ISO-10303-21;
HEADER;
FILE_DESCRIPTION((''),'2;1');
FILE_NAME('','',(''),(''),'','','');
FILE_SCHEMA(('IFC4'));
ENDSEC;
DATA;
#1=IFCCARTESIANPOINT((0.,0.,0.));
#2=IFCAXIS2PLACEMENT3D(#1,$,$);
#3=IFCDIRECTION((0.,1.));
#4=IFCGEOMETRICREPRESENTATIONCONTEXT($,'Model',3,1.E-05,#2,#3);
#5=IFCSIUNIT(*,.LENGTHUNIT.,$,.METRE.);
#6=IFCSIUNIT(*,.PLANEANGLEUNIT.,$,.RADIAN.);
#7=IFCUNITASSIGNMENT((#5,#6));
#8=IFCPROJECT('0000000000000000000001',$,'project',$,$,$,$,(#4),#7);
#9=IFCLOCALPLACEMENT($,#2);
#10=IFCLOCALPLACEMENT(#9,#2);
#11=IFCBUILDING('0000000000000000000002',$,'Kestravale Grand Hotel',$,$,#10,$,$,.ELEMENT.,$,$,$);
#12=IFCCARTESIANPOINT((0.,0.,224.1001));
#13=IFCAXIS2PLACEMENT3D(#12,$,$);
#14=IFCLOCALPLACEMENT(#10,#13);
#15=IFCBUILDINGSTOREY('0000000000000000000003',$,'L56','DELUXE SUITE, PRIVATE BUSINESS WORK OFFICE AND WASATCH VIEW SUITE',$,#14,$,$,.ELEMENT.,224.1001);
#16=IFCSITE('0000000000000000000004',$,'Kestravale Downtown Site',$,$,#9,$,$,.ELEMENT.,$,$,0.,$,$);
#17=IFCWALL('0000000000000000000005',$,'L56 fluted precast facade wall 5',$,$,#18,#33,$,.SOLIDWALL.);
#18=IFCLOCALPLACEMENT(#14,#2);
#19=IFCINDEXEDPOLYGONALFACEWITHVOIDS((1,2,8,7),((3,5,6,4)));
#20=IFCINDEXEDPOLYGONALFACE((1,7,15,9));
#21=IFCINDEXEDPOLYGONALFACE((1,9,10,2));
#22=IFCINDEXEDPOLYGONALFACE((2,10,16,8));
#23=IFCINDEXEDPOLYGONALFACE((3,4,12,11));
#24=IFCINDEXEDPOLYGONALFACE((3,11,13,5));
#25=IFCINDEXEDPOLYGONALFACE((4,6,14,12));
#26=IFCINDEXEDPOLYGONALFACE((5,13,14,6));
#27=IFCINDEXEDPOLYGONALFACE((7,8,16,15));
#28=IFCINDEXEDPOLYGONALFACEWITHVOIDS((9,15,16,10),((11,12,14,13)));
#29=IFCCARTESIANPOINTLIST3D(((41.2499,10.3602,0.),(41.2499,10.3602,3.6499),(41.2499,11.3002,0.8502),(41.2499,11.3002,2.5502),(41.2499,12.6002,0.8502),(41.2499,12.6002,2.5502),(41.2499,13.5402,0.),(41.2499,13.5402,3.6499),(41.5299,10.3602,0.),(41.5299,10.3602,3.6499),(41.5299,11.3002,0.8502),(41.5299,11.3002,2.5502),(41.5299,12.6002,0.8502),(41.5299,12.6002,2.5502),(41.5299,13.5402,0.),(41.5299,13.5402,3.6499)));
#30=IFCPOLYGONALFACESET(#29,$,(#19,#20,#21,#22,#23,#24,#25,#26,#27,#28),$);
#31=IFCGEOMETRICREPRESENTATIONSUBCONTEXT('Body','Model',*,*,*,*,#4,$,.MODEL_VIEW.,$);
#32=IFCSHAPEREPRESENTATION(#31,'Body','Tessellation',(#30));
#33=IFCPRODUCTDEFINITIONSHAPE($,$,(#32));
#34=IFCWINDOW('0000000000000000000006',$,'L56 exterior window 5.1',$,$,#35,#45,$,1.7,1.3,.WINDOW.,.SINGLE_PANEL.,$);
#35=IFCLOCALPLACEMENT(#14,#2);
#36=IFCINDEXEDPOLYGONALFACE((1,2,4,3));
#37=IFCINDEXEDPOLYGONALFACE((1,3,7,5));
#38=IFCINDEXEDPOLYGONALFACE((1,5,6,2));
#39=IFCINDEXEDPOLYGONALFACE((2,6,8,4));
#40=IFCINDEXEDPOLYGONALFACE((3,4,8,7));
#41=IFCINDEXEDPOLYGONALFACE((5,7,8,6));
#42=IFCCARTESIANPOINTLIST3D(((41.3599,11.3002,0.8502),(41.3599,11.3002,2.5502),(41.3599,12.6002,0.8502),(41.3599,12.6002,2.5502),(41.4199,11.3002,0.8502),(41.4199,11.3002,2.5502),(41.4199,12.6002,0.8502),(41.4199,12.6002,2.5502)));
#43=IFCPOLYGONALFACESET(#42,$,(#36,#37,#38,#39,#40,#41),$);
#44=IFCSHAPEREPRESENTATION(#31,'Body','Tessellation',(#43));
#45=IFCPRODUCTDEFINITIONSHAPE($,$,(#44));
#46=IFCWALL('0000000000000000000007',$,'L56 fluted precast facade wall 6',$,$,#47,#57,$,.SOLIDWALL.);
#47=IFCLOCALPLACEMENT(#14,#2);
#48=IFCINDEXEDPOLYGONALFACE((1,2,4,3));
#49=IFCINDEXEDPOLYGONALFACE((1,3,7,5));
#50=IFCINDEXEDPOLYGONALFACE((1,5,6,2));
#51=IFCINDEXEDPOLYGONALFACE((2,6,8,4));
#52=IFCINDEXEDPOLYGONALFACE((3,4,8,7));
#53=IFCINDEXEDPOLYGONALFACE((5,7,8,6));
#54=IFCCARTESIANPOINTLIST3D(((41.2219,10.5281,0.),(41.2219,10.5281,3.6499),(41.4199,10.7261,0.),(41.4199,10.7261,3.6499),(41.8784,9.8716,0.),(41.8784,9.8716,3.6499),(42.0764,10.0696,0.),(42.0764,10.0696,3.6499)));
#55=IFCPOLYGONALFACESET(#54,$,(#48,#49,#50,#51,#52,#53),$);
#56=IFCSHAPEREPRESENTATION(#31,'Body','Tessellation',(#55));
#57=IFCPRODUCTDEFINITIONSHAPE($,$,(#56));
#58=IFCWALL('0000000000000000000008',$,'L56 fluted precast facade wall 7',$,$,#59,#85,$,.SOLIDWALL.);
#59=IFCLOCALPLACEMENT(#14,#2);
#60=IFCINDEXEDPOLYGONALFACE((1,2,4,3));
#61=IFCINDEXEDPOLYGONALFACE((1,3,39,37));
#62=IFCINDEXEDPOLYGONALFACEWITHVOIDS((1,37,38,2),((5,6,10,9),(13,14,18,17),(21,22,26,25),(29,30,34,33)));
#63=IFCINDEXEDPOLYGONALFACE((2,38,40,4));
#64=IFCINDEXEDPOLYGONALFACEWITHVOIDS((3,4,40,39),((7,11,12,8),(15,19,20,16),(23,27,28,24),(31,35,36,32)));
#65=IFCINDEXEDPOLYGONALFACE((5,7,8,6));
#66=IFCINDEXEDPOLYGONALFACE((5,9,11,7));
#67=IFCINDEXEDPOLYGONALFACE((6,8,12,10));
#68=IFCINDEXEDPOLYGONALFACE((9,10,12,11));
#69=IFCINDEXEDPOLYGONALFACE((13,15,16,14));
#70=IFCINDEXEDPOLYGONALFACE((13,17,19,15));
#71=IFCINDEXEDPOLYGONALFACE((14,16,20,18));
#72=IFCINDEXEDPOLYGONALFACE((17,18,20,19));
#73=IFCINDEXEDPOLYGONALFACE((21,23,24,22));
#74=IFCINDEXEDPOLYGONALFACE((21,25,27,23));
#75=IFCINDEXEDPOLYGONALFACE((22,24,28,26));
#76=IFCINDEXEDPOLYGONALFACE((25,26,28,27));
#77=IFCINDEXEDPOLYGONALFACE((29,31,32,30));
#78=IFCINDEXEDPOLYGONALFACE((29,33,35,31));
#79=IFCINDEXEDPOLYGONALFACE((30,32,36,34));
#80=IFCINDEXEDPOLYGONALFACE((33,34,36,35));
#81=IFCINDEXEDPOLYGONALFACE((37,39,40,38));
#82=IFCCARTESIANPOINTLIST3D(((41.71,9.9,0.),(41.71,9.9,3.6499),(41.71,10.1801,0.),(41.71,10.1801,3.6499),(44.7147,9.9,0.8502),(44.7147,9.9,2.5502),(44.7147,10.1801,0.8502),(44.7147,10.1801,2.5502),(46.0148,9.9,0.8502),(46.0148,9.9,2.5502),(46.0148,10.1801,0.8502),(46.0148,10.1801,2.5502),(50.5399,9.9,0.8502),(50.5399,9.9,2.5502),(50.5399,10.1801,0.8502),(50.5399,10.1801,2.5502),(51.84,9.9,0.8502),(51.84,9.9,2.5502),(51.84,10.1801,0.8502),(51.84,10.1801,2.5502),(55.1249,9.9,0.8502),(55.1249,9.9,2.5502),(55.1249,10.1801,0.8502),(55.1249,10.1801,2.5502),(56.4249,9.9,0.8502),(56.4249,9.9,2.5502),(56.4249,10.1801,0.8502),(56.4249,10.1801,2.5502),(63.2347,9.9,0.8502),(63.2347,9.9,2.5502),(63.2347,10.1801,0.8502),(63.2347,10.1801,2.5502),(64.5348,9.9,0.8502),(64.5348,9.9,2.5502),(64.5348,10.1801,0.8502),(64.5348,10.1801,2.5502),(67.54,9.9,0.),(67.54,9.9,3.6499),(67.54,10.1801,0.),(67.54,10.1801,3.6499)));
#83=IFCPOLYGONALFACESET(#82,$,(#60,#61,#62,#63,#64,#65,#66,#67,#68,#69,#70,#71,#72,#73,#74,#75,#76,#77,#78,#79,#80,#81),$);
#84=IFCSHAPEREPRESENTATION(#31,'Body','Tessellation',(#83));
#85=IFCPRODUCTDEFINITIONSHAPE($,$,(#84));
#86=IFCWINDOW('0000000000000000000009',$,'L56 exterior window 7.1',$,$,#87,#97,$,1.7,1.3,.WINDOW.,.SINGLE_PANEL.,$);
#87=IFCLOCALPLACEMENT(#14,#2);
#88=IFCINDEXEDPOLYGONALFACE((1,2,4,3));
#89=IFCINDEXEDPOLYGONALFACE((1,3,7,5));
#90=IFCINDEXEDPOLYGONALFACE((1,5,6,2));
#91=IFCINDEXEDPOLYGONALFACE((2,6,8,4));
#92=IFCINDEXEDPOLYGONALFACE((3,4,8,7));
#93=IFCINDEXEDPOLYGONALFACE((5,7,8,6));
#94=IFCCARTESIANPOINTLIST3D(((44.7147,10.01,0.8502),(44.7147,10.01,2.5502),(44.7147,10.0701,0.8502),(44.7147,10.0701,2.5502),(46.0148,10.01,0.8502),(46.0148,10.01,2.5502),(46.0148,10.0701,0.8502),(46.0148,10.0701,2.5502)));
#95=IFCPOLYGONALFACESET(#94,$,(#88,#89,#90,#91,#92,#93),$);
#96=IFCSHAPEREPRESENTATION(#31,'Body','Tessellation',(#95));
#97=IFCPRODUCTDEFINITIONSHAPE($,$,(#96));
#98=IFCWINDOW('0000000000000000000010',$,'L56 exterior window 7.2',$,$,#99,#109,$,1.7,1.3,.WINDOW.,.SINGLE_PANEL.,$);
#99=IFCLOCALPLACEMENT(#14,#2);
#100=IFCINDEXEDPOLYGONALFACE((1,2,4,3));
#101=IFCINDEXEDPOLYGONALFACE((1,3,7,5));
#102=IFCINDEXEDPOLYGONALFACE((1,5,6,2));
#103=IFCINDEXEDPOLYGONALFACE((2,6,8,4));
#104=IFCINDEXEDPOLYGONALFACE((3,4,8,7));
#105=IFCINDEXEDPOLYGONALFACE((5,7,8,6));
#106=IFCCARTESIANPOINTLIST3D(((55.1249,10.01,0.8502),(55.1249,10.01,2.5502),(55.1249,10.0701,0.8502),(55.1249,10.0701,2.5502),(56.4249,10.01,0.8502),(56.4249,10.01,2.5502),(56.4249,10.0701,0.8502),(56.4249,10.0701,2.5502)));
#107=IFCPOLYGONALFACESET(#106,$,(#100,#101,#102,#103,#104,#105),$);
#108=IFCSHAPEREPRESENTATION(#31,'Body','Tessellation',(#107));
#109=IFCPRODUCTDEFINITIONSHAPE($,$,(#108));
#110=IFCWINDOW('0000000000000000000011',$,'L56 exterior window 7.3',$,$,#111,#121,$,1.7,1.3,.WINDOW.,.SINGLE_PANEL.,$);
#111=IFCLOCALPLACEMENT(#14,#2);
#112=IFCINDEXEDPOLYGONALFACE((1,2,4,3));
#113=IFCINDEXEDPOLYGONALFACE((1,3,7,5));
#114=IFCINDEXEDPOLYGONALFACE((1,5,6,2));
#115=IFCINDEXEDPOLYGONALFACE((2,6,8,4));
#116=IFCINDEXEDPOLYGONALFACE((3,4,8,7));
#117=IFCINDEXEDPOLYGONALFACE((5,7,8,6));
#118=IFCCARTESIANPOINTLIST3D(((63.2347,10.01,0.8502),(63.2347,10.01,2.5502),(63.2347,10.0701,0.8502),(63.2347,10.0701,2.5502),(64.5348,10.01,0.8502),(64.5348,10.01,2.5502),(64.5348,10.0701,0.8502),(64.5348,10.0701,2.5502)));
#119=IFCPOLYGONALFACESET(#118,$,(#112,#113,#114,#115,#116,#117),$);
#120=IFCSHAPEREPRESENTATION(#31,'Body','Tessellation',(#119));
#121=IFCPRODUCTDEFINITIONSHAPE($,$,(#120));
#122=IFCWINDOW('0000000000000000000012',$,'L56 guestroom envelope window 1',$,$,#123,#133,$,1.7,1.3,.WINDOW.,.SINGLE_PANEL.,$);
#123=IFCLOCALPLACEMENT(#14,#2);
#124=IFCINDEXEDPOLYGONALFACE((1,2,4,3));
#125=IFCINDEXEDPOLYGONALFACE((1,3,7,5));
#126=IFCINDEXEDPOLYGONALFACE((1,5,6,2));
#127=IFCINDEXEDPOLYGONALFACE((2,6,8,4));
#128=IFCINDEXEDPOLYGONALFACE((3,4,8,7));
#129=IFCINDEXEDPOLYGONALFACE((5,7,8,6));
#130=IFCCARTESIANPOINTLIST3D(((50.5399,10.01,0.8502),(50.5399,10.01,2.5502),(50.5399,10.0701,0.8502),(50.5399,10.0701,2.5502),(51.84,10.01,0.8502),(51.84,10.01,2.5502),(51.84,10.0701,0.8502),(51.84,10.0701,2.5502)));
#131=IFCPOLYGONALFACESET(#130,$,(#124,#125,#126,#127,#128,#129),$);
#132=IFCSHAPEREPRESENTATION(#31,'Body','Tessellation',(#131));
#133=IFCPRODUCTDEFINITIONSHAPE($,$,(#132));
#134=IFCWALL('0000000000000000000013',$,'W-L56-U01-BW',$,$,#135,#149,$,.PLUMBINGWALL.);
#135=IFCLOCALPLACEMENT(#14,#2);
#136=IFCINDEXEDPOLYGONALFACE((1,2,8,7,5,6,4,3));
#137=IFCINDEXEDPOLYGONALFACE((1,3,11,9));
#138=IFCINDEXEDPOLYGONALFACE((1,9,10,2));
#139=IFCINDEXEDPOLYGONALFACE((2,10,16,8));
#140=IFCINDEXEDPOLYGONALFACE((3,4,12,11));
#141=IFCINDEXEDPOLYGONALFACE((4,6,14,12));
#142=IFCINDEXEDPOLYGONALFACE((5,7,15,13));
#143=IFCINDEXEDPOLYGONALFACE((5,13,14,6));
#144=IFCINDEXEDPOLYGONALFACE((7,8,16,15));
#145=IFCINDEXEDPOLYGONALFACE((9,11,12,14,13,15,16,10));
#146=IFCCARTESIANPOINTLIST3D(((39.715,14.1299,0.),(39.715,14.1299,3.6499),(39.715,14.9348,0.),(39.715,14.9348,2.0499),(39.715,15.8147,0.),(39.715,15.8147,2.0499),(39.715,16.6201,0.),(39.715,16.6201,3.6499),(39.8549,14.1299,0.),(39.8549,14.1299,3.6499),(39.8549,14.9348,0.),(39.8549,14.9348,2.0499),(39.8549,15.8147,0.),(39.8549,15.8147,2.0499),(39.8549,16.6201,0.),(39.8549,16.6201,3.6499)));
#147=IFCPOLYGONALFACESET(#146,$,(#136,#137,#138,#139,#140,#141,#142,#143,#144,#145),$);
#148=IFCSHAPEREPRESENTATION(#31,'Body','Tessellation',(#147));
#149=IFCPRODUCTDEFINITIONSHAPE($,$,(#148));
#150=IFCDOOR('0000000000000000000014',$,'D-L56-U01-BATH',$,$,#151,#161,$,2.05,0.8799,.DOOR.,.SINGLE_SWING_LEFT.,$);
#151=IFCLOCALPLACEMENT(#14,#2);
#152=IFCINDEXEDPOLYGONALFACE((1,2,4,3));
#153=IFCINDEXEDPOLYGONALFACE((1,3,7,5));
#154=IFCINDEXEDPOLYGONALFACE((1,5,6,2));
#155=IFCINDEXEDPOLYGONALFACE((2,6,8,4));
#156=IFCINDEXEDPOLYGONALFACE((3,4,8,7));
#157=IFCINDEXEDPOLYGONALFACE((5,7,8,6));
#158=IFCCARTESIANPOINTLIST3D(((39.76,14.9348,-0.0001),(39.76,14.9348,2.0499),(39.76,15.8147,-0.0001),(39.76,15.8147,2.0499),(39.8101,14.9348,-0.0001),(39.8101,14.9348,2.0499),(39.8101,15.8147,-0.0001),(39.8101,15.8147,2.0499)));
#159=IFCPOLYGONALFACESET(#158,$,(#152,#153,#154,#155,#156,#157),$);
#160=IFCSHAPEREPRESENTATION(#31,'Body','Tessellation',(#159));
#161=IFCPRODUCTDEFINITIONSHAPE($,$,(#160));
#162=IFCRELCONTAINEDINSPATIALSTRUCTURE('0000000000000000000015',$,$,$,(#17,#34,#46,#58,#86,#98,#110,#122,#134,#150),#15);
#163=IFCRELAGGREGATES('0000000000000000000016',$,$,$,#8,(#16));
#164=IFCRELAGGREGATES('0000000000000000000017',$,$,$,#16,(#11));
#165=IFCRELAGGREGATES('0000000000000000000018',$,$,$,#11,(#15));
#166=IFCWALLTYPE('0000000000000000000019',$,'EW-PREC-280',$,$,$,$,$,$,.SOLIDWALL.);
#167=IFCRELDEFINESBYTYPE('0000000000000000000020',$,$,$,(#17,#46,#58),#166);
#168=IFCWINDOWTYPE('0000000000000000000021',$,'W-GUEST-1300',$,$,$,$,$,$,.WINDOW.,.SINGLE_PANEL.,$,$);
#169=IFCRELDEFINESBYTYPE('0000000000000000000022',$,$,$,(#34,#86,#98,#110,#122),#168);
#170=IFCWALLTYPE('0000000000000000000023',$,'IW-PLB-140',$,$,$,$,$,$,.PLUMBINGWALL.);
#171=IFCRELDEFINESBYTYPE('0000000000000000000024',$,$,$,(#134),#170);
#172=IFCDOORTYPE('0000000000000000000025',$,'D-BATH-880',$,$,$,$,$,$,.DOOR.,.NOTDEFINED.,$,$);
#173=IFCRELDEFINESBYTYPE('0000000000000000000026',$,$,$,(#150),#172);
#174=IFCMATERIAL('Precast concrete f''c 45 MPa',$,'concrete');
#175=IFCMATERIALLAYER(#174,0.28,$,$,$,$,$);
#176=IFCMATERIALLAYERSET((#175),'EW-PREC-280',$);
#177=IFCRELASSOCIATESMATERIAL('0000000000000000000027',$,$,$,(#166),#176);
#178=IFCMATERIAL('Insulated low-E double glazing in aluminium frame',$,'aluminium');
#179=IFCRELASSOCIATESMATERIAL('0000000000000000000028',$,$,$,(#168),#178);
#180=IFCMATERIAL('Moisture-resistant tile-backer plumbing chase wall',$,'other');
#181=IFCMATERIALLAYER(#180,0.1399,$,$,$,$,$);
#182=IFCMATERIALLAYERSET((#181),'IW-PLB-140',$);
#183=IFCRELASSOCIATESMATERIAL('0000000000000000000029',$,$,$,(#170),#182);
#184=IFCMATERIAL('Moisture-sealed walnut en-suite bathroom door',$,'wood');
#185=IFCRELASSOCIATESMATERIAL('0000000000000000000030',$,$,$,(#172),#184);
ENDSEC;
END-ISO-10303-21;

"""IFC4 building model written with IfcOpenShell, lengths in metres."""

from ifc_helpers import new_model, si_unit, direction, frame, frame_2d, origin, place, context, subcontext, project, spatial, rectangle, extrude, material, layer, layer_set, type_object, element, fill, save


model = new_model("IFC4")

# Units and contexts
model_context = context("Model", 3, precision=1e-05, world=origin(), true_north=direction((0.0, 1.0)))
body_context = subcontext(model_context, "Body", "Model", "MODEL_VIEW")
ifc_project = project(units=[si_unit("LENGTHUNIT", "METRE"), si_unit("PLANEANGLEUNIT", "RADIAN")], contexts=[model_context])

# Site, building, storey
site_placement = place(None, origin())
site = spatial("IfcSite", under=ifc_project, at=site_placement, Name="Kestravale Downtown Site", CompositionType="ELEMENT", RefElevation=0.0)
building_placement = place(site_placement, origin())
building = spatial("IfcBuilding", under=site, at=building_placement, Name="Kestravale Grand Hotel", CompositionType="ELEMENT")
storey_placement = place(building_placement, frame((0.0, 0.0, 224.1001)))
storey = spatial("IfcBuildingStorey", under=building, at=storey_placement, Name="L56", Description="DELUXE SUITE, PRIVATE BUSINESS WORK OFFICE AND WASATCH VIEW SUITE", CompositionType="ELEMENT", Elevation=224.1001)

# Wall, opening, window
ifc_material_1 = material(Name="Precast concrete f'c 45 MPa", Category="concrete")
ifc_layer_1 = layer(ifc_material_1, 0.28)
ifc_layer_set_1 = layer_set([ifc_layer_1], Name="EW-PREC-280")
wall_type_1 = type_object("IfcWallType", Name="EW-PREC-280", PredefinedType="SOLIDWALL", material=ifc_layer_set_1)
wall_1_placement = place(storey_placement, frame((41.3899, 13.54, 0.0), z_axis=(0.0, 0.0, 1.0), x_axis=(0.0, -1.0, 0.0)))
wall_1 = element("IfcWall", 1, at=wall_1_placement, inside=storey, type_object=wall_type_1, Name="L56 fluted precast facade wall 5", PredefinedType="SOLIDWALL", context=body_context, shape_type="SweptSolid", body=[
    extrude(rectangle(XDim=3.1799, YDim=0.28, at=frame_2d((1.5898, 0.0))), origin(), (0.0, 0.0, 1.0), 3.6499),
])
opening_1_placement = place(wall_1_placement, frame((0.9399, 0.0, 0.8501)))
opening_1 = element("IfcOpeningElement", 2, at=opening_1_placement, cuts=wall_1, PredefinedType="OPENING", context=body_context, shape_type="SweptSolid", body=[
    extrude(rectangle(XDim=1.3, YDim=1.7, at=frame_2d((0.6499, 0.8501))), frame((0.0, 0.1499, 0.0), z_axis=(0.0, -1.0, 0.0), x_axis=(1.0, 0.0, 0.0)), (0.0, 0.0, 1.0), 0.3),
])
ifc_material_2 = material(Name="Insulated low-E double glazing in aluminium frame", Category="aluminium")
window_type = type_object("IfcWindowType", Name="W-GUEST-1300", PartitioningType="SINGLE_PANEL", PredefinedType="WINDOW", material=ifc_material_2)
window_1_placement = place(opening_1_placement, origin())
window_1 = element("IfcWindow", 3, at=window_1_placement, inside=storey, type_object=window_type, Name="L56 exterior window 5.1", OverallHeight=1.7, OverallWidth=1.3, PartitioningType="SINGLE_PANEL", PredefinedType="WINDOW", context=body_context, shape_type="SweptSolid", body=[
    extrude(rectangle(XDim=1.3, YDim=1.7, at=frame_2d((0.6499, 0.8501))), frame((0.0, 0.03, 0.0), z_axis=(0.0, -1.0, 0.0), x_axis=(1.0, 0.0, 0.0)), (0.0, 0.0, 1.0), 0.0601),
])
fill(opening_1, window_1)

# Wall
wall_2_placement = place(storey_placement, frame((41.3208, 10.6272, 0.0), z_axis=(0.0, 0.0, 1.0), x_axis=(0.707107, -0.707107, 0.0)))
element("IfcWall", 4, at=wall_2_placement, inside=storey, type_object=wall_type_1, Name="L56 fluted precast facade wall 6", PredefinedType="SOLIDWALL", context=body_context, shape_type="SweptSolid", body=[
    extrude(rectangle(XDim=0.9285, YDim=0.28, at=frame_2d((0.4644, 0.0))), origin(), (0.0, 0.0, 1.0), 3.6499),
])

# Wall, openings, windows
wall_3_placement = place(storey_placement, frame((41.71, 10.04, 0.0), z_axis=(0.0, 0.0, 1.0), x_axis=(1.0, 0.0, 0.0)))
wall_3 = element("IfcWall", 5, at=wall_3_placement, inside=storey, type_object=wall_type_1, Name="L56 fluted precast facade wall 7", PredefinedType="SOLIDWALL", context=body_context, shape_type="SweptSolid", body=[
    extrude(rectangle(XDim=25.8301, YDim=0.28, at=frame_2d((12.915, 0.0))), origin(), (0.0, 0.0, 1.0), 3.6499),
])
opening_2_placement = place(wall_3_placement, frame((3.0049, 0.0, 0.8501)))
opening_2 = element("IfcOpeningElement", 6, at=opening_2_placement, cuts=wall_3, PredefinedType="OPENING", context=body_context, shape_type="SweptSolid", body=[
    extrude(rectangle(XDim=1.3, YDim=1.7, at=frame_2d((0.6499, 0.8501))), frame((0.0, 0.1499, 0.0), z_axis=(0.0, -1.0, 0.0), x_axis=(1.0, 0.0, 0.0)), (0.0, 0.0, 1.0), 0.3),
])
opening_3_placement = place(wall_3_placement, frame((13.415, 0.0, 0.8501)))
opening_3 = element("IfcOpeningElement", 7, at=opening_3_placement, cuts=wall_3, PredefinedType="OPENING", context=body_context, shape_type="SweptSolid", body=[
    extrude(rectangle(XDim=1.3, YDim=1.7, at=frame_2d((0.6499, 0.8501))), frame((0.0, 0.1499, 0.0), z_axis=(0.0, -1.0, 0.0), x_axis=(1.0, 0.0, 0.0)), (0.0, 0.0, 1.0), 0.3),
])
opening_4_placement = place(wall_3_placement, frame((21.5249, 0.0, 0.8501)))
opening_4 = element("IfcOpeningElement", 8, at=opening_4_placement, cuts=wall_3, PredefinedType="OPENING", context=body_context, shape_type="SweptSolid", body=[
    extrude(rectangle(XDim=1.3, YDim=1.7, at=frame_2d((0.6499, 0.8501))), frame((0.0, 0.1499, 0.0), z_axis=(0.0, -1.0, 0.0), x_axis=(1.0, 0.0, 0.0)), (0.0, 0.0, 1.0), 0.3),
])
opening_5_placement = place(wall_3_placement, frame((8.8301, 0.0, 0.8501)))
opening_5 = element("IfcOpeningElement", 9, at=opening_5_placement, cuts=wall_3, PredefinedType="OPENING", context=body_context, shape_type="SweptSolid", body=[
    extrude(rectangle(XDim=1.3, YDim=1.7, at=frame_2d((0.6499, 0.8501))), frame((0.0, 0.1499, 0.0), z_axis=(0.0, -1.0, 0.0), x_axis=(1.0, 0.0, 0.0)), (0.0, 0.0, 1.0), 0.3),
])
window_2_placement = place(opening_2_placement, origin())
window_2 = element("IfcWindow", 10, at=window_2_placement, inside=storey, type_object=window_type, Name="L56 exterior window 7.1", OverallHeight=1.7, OverallWidth=1.3, PartitioningType="SINGLE_PANEL", PredefinedType="WINDOW", context=body_context, shape_type="SweptSolid", body=[
    extrude(rectangle(XDim=1.3, YDim=1.7, at=frame_2d((0.6499, 0.8501))), frame((0.0, 0.03, 0.0), z_axis=(0.0, -1.0, 0.0), x_axis=(1.0, 0.0, 0.0)), (0.0, 0.0, 1.0), 0.0601),
])
fill(opening_2, window_2)
window_3_placement = place(opening_3_placement, origin())
window_3 = element("IfcWindow", 11, at=window_3_placement, inside=storey, type_object=window_type, Name="L56 exterior window 7.2", OverallHeight=1.7, OverallWidth=1.3, PartitioningType="SINGLE_PANEL", PredefinedType="WINDOW", context=body_context, shape_type="SweptSolid", body=[
    extrude(rectangle(XDim=1.3, YDim=1.7, at=frame_2d((0.6499, 0.8501))), frame((0.0, 0.03, 0.0), z_axis=(0.0, -1.0, 0.0), x_axis=(1.0, 0.0, 0.0)), (0.0, 0.0, 1.0), 0.0601),
])
fill(opening_3, window_3)
window_4_placement = place(opening_4_placement, origin())
window_4 = element("IfcWindow", 12, at=window_4_placement, inside=storey, type_object=window_type, Name="L56 exterior window 7.3", OverallHeight=1.7, OverallWidth=1.3, PartitioningType="SINGLE_PANEL", PredefinedType="WINDOW", context=body_context, shape_type="SweptSolid", body=[
    extrude(rectangle(XDim=1.3, YDim=1.7, at=frame_2d((0.6499, 0.8501))), frame((0.0, 0.03, 0.0), z_axis=(0.0, -1.0, 0.0), x_axis=(1.0, 0.0, 0.0)), (0.0, 0.0, 1.0), 0.0601),
])
fill(opening_4, window_4)
window_5_placement = place(opening_5_placement, origin())
window_5 = element("IfcWindow", 13, at=window_5_placement, inside=storey, type_object=window_type, Name="L56 guestroom envelope window 1", OverallHeight=1.7, OverallWidth=1.3, PartitioningType="SINGLE_PANEL", PredefinedType="WINDOW", context=body_context, shape_type="SweptSolid", body=[
    extrude(rectangle(XDim=1.3, YDim=1.7, at=frame_2d((0.6499, 0.8501))), frame((0.0, 0.03, 0.0), z_axis=(0.0, -1.0, 0.0), x_axis=(1.0, 0.0, 0.0)), (0.0, 0.0, 1.0), 0.0601),
])
fill(opening_5, window_5)

# Wall, opening, door
ifc_material_3 = material(Name="Moisture-resistant tile-backer plumbing chase wall", Category="other")
ifc_layer_2 = layer(ifc_material_3, 0.1399)
ifc_layer_set_2 = layer_set([ifc_layer_2], Name="IW-PLB-140")
wall_type_2 = type_object("IfcWallType", Name="IW-PLB-140", PredefinedType="PLUMBINGWALL", material=ifc_layer_set_2)
wall_4_placement = place(storey_placement, frame((39.7849, 14.1299, 0.0), z_axis=(0.0, 0.0, 1.0), x_axis=(0.0, 1.0, 0.0)))
wall_4 = element("IfcWall", 14, at=wall_4_placement, inside=storey, type_object=wall_type_2, Name="W-L56-U01-BW", PredefinedType="PLUMBINGWALL", context=body_context, shape_type="SweptSolid", body=[
    extrude(rectangle(XDim=2.4902, YDim=0.1399, at=frame_2d((1.2451, 0.0))), origin(), (0.0, 0.0, 1.0), 3.6499),
])
opening_6_placement = place(wall_4_placement, frame((0.8049, 0.0, 0.0)))
opening_6 = element("IfcOpeningElement", 15, at=opening_6_placement, cuts=wall_4, PredefinedType="OPENING", context=body_context, shape_type="SweptSolid", body=[
    extrude(rectangle(XDim=0.8799, YDim=2.05, at=frame_2d((0.4399, 1.0249))), frame((0.0, 0.0798, 0.0), z_axis=(0.0, -1.0, 0.0), x_axis=(1.0, 0.0, 0.0)), (0.0, 0.0, 1.0), 0.1599),
])
ifc_material_4 = material(Name="Moisture-sealed walnut en-suite bathroom door", Category="wood")
door_type = type_object("IfcDoorType", Name="D-BATH-880", OperationType="NOTDEFINED", PredefinedType="DOOR", material=ifc_material_4)
door_placement = place(opening_6_placement, origin())
door = element("IfcDoor", 16, at=door_placement, inside=storey, type_object=door_type, Name="D-L56-U01-BATH", OperationType="SINGLE_SWING_LEFT", OverallHeight=2.05, OverallWidth=0.8799, PredefinedType="DOOR", context=body_context, shape_type="SweptSolid", body=[
    extrude(rectangle(XDim=0.8799, YDim=2.05, at=frame_2d((0.4399, 1.0249))), frame((0.0, 0.0249, 0.0), z_axis=(0.0, -1.0, 0.0), x_axis=(1.0, 0.0, 0.0)), (0.0, 0.0, 1.0), 0.05),
])
fill(opening_6, door)

save(model, "model.ifc")
